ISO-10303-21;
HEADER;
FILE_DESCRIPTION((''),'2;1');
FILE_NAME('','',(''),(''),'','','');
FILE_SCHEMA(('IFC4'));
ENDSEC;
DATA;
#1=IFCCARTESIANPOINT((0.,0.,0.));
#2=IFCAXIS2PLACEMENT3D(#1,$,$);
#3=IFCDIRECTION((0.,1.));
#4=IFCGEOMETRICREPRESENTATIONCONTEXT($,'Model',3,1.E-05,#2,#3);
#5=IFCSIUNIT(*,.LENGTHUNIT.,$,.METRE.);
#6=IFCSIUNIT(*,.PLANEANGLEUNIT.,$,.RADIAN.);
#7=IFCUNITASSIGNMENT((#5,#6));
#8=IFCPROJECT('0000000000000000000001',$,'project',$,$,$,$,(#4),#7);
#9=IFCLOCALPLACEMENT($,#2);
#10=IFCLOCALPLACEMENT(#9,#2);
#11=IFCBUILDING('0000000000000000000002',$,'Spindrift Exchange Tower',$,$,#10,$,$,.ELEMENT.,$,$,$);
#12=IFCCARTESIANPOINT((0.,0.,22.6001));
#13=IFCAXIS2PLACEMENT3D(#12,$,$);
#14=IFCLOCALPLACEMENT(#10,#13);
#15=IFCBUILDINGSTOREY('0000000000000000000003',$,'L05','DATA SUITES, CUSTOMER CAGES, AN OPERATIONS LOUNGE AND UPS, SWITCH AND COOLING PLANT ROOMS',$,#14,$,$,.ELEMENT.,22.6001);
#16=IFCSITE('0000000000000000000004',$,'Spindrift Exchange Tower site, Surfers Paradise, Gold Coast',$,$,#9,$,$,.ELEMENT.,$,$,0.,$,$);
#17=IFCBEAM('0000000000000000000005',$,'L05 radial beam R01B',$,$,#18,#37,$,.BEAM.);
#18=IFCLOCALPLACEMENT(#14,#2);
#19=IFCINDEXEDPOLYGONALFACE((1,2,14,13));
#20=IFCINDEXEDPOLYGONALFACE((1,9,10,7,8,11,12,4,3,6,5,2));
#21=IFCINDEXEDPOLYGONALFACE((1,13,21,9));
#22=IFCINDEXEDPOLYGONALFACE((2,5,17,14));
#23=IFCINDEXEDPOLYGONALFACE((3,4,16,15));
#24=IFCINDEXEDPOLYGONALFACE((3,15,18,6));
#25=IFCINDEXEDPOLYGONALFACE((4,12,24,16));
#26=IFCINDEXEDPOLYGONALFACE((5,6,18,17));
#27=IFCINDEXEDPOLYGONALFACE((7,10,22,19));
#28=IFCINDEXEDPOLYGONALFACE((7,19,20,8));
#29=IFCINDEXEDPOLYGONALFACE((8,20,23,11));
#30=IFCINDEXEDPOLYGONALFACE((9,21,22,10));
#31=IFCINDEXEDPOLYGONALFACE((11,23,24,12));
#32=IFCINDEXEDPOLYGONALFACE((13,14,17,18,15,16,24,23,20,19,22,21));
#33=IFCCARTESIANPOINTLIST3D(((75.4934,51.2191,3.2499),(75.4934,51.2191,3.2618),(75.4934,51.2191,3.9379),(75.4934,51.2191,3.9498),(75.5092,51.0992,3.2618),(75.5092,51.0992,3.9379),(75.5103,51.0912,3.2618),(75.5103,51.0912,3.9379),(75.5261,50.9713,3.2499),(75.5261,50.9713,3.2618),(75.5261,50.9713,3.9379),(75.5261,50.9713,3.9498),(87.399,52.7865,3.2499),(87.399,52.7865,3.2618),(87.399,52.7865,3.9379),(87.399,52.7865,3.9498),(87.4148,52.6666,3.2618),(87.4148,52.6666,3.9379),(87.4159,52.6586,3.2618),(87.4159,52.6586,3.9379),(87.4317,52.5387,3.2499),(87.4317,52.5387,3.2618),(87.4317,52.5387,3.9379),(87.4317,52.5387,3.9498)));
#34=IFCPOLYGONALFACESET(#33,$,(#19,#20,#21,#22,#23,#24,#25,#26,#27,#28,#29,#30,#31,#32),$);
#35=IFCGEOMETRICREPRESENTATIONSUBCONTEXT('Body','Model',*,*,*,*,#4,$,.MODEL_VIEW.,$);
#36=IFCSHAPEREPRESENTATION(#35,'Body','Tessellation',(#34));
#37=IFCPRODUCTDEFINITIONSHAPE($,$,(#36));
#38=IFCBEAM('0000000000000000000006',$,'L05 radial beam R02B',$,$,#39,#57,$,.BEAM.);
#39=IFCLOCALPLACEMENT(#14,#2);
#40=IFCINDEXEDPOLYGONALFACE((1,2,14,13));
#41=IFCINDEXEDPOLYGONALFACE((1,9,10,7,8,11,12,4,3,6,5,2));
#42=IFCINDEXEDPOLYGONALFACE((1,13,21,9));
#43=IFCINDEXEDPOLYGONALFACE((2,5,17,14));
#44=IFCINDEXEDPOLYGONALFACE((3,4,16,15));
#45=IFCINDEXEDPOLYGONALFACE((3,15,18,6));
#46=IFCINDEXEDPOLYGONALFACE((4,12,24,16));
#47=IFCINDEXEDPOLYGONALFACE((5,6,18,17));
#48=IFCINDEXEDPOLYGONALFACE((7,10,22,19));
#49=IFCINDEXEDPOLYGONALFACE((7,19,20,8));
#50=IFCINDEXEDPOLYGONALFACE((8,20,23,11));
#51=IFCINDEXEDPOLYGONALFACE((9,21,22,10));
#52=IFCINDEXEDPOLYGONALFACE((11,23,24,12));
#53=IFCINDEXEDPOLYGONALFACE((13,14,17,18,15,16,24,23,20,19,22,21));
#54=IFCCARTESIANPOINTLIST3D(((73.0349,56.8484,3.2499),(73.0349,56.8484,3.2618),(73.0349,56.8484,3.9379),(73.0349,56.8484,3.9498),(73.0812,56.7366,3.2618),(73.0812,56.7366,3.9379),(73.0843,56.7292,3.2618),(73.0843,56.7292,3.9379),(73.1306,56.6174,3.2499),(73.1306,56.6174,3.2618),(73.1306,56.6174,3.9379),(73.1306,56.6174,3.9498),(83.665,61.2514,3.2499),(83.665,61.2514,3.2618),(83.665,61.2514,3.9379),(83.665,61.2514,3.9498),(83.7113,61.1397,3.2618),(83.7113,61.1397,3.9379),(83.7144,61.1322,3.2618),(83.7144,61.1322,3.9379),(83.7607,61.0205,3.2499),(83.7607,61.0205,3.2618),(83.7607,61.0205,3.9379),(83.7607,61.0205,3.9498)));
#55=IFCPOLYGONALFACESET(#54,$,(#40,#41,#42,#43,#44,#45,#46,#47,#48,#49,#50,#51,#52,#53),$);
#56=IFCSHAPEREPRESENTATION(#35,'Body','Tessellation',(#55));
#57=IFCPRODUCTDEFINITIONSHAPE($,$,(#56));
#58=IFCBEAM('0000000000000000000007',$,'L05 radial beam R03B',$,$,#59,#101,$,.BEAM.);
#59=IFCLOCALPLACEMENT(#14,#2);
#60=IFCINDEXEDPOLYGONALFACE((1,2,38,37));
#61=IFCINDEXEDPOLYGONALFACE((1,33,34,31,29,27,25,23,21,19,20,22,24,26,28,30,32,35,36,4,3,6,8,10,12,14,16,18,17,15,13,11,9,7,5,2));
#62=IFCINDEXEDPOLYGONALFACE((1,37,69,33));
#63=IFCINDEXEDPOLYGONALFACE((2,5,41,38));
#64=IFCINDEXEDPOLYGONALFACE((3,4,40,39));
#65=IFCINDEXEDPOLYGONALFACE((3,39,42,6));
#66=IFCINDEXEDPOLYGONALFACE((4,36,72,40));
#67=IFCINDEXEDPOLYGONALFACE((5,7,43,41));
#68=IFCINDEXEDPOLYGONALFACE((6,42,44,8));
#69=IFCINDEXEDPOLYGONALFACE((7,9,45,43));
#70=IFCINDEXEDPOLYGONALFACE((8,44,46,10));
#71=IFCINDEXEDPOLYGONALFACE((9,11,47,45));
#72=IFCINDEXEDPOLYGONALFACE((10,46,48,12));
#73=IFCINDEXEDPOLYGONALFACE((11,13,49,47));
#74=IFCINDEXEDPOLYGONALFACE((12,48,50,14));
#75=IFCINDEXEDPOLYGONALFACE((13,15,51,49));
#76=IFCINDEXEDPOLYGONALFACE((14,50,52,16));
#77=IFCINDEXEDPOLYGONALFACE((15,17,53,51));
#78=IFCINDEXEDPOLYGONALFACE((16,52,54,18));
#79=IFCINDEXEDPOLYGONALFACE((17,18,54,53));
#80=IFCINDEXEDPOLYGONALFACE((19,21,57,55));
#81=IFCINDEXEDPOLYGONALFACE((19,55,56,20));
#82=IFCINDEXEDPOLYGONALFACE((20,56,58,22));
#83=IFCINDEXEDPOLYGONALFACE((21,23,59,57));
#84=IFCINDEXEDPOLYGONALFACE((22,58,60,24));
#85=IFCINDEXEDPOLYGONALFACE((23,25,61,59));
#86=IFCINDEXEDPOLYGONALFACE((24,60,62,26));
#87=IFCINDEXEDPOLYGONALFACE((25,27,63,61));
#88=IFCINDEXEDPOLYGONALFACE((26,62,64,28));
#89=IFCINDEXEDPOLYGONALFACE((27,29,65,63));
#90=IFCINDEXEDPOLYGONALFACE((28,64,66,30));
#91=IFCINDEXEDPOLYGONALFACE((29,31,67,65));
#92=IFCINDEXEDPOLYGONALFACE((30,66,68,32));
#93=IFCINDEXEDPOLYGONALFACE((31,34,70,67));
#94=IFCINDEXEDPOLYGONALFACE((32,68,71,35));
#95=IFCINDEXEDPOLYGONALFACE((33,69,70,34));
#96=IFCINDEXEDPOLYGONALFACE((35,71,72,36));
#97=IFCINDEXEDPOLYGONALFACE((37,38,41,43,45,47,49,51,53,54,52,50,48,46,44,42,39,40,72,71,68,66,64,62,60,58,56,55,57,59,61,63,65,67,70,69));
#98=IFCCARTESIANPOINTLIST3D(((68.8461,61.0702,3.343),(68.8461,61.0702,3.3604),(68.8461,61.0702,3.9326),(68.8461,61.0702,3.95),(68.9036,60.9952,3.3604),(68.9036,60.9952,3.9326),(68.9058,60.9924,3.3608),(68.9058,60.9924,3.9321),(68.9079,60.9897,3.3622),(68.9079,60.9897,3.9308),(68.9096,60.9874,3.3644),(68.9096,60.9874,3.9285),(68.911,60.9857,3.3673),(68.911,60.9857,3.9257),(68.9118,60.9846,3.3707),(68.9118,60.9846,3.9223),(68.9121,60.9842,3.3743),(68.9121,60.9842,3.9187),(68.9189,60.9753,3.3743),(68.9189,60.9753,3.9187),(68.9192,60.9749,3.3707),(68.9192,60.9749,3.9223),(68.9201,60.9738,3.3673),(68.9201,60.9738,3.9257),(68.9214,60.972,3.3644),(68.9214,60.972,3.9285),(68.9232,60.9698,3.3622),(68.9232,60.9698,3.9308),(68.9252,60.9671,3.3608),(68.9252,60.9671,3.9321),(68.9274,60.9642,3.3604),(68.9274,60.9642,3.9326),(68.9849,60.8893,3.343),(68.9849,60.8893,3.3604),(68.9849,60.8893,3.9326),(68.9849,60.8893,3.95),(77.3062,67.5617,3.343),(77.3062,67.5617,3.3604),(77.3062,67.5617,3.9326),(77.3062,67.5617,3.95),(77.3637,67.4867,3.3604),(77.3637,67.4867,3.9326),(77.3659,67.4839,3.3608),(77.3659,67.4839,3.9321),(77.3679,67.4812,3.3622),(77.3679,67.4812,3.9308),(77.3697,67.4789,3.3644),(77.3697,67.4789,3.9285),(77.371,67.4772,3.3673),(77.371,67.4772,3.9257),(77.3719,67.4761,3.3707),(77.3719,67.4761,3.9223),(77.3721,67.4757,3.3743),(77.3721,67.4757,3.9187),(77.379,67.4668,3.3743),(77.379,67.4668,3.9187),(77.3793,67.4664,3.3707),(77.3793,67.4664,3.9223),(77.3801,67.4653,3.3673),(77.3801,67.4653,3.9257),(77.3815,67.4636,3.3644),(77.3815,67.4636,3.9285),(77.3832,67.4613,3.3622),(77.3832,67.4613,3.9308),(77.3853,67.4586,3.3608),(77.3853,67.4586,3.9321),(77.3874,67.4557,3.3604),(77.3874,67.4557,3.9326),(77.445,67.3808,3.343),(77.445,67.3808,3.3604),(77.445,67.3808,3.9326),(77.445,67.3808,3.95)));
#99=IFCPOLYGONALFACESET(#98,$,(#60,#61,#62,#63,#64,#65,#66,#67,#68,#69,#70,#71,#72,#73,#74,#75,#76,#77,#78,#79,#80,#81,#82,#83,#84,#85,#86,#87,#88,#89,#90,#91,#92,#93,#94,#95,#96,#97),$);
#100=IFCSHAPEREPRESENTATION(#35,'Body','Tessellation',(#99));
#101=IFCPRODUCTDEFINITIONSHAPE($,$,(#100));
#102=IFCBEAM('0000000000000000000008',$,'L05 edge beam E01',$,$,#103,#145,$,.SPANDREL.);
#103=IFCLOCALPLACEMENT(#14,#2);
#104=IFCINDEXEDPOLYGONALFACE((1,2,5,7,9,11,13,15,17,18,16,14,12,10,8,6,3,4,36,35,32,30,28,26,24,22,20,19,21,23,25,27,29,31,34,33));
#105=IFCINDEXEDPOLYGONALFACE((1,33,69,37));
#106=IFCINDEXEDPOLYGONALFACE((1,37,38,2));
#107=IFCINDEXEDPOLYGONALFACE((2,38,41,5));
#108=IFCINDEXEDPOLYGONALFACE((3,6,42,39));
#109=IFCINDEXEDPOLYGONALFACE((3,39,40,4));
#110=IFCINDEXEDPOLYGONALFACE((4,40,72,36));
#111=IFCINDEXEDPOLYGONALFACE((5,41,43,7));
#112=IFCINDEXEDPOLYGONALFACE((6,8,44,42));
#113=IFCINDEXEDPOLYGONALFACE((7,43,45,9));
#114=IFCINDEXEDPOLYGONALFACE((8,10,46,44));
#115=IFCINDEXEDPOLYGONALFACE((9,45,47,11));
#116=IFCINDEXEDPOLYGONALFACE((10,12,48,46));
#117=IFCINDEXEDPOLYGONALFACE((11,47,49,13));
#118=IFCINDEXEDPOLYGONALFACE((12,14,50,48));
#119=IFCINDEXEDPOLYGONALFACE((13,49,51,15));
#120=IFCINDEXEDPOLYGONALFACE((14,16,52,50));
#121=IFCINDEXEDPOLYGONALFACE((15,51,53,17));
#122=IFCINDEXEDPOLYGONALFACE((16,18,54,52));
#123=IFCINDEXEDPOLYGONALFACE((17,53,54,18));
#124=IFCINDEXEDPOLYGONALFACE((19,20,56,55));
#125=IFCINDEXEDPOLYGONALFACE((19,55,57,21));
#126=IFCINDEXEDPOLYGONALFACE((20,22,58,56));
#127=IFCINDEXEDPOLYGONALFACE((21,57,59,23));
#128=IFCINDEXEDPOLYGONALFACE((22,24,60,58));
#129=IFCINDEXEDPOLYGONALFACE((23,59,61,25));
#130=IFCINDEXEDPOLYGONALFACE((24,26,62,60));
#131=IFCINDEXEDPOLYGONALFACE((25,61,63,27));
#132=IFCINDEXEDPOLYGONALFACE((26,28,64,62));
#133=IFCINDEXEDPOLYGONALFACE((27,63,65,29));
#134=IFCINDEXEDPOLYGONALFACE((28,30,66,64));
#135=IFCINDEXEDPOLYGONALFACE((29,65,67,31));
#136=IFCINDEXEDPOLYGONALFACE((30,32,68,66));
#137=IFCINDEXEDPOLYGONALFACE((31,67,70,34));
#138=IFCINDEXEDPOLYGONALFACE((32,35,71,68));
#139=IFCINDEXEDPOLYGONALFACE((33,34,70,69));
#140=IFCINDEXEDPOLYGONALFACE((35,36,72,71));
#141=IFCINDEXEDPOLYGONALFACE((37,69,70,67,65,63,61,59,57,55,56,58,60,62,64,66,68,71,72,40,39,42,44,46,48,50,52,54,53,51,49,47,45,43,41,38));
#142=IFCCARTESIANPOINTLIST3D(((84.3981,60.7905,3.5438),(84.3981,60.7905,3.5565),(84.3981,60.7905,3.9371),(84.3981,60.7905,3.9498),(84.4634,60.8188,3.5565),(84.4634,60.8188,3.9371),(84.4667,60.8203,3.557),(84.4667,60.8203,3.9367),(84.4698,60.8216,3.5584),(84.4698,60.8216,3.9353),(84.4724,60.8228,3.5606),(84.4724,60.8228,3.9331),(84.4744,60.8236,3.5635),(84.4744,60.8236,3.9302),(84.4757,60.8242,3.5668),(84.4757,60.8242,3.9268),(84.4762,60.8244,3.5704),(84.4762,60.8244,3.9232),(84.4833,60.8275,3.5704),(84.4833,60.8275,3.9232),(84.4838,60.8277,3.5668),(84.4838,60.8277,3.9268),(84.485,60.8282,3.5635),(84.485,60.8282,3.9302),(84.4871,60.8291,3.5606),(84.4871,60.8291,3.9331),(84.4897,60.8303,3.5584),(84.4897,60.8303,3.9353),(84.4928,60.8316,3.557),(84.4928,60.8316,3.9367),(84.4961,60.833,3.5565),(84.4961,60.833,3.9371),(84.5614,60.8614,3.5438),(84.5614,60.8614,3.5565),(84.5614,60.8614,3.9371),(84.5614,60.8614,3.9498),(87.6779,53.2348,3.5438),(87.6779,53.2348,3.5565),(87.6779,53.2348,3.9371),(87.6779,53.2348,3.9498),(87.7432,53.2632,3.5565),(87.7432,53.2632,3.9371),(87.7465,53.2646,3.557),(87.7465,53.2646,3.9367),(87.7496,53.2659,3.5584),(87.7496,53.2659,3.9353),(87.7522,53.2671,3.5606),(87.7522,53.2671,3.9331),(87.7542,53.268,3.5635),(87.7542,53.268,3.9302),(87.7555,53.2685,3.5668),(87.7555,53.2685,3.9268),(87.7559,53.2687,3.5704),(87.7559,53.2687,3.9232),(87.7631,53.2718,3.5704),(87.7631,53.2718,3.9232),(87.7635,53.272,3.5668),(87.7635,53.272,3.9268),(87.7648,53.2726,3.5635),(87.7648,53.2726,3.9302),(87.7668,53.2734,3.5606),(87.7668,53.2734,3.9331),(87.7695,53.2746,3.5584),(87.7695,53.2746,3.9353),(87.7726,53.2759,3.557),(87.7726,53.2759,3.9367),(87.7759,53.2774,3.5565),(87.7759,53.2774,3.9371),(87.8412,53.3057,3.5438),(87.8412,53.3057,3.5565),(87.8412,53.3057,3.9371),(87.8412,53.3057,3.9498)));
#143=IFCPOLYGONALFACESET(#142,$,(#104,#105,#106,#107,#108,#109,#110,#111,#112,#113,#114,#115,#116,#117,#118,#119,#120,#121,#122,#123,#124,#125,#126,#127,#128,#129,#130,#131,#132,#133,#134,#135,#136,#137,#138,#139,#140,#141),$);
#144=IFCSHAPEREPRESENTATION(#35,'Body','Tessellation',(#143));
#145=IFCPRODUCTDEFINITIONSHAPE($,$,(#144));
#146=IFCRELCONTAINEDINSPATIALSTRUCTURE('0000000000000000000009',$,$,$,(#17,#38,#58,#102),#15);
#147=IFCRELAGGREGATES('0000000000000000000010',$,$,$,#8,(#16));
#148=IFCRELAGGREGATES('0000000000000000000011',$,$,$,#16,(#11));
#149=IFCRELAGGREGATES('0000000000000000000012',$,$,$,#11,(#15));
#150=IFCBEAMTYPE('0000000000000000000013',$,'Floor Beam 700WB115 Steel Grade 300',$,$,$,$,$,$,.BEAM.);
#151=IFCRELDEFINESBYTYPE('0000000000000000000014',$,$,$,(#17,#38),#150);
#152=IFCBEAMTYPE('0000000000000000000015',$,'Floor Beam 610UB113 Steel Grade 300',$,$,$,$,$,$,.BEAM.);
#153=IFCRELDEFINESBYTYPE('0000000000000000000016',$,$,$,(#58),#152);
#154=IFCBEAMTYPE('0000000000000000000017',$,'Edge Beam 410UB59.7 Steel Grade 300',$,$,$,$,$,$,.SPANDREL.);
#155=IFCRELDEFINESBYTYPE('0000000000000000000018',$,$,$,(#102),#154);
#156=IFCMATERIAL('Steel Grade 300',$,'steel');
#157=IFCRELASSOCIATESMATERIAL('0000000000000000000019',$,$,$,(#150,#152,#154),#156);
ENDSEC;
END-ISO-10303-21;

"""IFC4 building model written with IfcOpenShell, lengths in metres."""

from ifc_helpers import new_model, si_unit, direction, frame, origin, origin_2d, place, context, subcontext, project, spatial, i_section, extrude, source, transform, mapped, material, material_profile, profile_set, type_object, element, save


model = new_model("IFC4")

# Units and contexts
model_context = context("Model", 3, precision=1e-05, world=origin(), true_north=direction((0.0, 1.0)))
body_context = subcontext(model_context, "Body", "Model", "MODEL_VIEW")
ifc_project = project(units=[si_unit("LENGTHUNIT", "METRE"), si_unit("PLANEANGLEUNIT", "RADIAN")], contexts=[model_context])

# Site, building, storey
site_placement = place(None, origin())
site = spatial("IfcSite", under=ifc_project, at=site_placement, Name="Spindrift Exchange Tower site, Surfers Paradise, Gold Coast", CompositionType="ELEMENT", RefElevation=0.0)
building_placement = place(site_placement, origin())
building = spatial("IfcBuilding", under=site, at=building_placement, Name="Spindrift Exchange Tower", CompositionType="ELEMENT")
storey_placement = place(building_placement, frame((0.0, 0.0, 22.6001)))
storey = spatial("IfcBuildingStorey", under=building, at=storey_placement, Name="L05", Description="DATA SUITES, CUSTOMER CAGES, AN OPERATIONS LOUNGE AND UPS, SWITCH AND COOLING PLANT ROOMS", CompositionType="ELEMENT", Elevation=22.6001)

# Beams
ifc_material_1 = material(Name="Steel Grade 300", Category="steel")
ifc_material_profile_1 = material_profile(ifc_material_1, i_section(OverallWidth=0.25, OverallDepth=0.7, WebThickness=0.0081, FlangeThickness=0.012, at=origin_2d()), Name="700WB115")
ifc_profile_set_1 = profile_set([ifc_material_profile_1], Name="Steel Grade 300")
beam_type_1 = type_object("IfcBeamType", Name="Floor Beam 700WB115 Steel Grade 300", PredefinedType="BEAM", material=ifc_profile_set_1)
shared_shape_1 = source(origin(), body_context, "Body", "SweptSolid", [
    extrude(i_section(OverallWidth=0.25, OverallDepth=0.7, WebThickness=0.0081, FlangeThickness=0.012, at=origin_2d()), origin(), (0.0, 0.0, 1.0), 12.0083),
])
beam_1_placement = place(storey_placement, frame((75.5098, 51.0952, 3.5999), z_axis=(0.991445, 0.130526, 0.0), x_axis=(-0.130526, 0.991445, 0.0)))
element("IfcBeam", 1, at=beam_1_placement, inside=storey, type_object=beam_type_1, Name="L05 radial beam R01B", PredefinedType="BEAM", context=body_context, shape_type="MappedRepresentation", body=[
    mapped(shared_shape_1, transform((0.0, 0.0, 0.0), scale=1.0)),
])
shared_shape_2 = source(origin(), body_context, "Body", "SweptSolid", [
    extrude(i_section(OverallWidth=0.25, OverallDepth=0.7, WebThickness=0.0081, FlangeThickness=0.012, at=origin_2d()), origin(), (0.0, 0.0, 1.0), 11.5059),
])
beam_2_placement = place(storey_placement, frame((73.0828, 56.7329, 3.5999), z_axis=(0.923882, 0.382678, 0.0), x_axis=(-0.382678, 0.923882, 0.0)))
element("IfcBeam", 2, at=beam_2_placement, inside=storey, type_object=beam_type_1, Name="L05 radial beam R02B", PredefinedType="BEAM", context=body_context, shape_type="MappedRepresentation", body=[
    mapped(shared_shape_2, transform((0.0, 0.0, 0.0), scale=1.0)),
])
ifc_material_profile_2 = material_profile(ifc_material_1, i_section(OverallWidth=0.228, OverallDepth=0.6069, WebThickness=0.0112, FlangeThickness=0.0173, FilletRadius=0.0139, at=origin_2d()), Name="610UB113")
ifc_profile_set_2 = profile_set([ifc_material_profile_2], Name="Steel Grade 300")
beam_type_2 = type_object("IfcBeamType", Name="Floor Beam 610UB113 Steel Grade 300", PredefinedType="BEAM", material=ifc_profile_set_2)
shared_shape_3 = source(origin(), body_context, "Body", "SweptSolid", [
    extrude(i_section(OverallWidth=0.228, OverallDepth=0.6069, WebThickness=0.0112, FlangeThickness=0.0173, FilletRadius=0.0139, at=origin_2d()), origin(), (0.0, 0.0, 1.0), 10.6636),
])
beam_3_placement = place(storey_placement, frame((68.9155, 60.9797, 3.6465), z_axis=(0.793358, 0.608755, 0.0), x_axis=(-0.608755, 0.793358, 0.0)))
element("IfcBeam", 3, at=beam_3_placement, inside=storey, type_object=beam_type_2, Name="L05 radial beam R03B", PredefinedType="BEAM", context=body_context, shape_type="MappedRepresentation", body=[
    mapped(shared_shape_3, transform((0.0, 0.0, 0.0), scale=1.0)),
])
ifc_material_profile_3 = material_profile(ifc_material_1, i_section(OverallWidth=0.178, OverallDepth=0.406, WebThickness=0.0078, FlangeThickness=0.0127, FilletRadius=0.0139, at=origin_2d()), Name="410UB59.7")
ifc_profile_set_3 = profile_set([ifc_material_profile_3], Name="Steel Grade 300")
beam_type_3 = type_object("IfcBeamType", Name="Edge Beam 410UB59.7 Steel Grade 300", PredefinedType="SPANDREL", material=ifc_profile_set_3)
shared_shape_4 = source(origin(), body_context, "Body", "SweptSolid", [
    extrude(i_section(OverallWidth=0.178, OverallDepth=0.406, WebThickness=0.0078, FlangeThickness=0.0127, FilletRadius=0.0139, at=origin_2d()), origin(), (0.0, 0.0, 1.0), 8.2368),
])
beam_4_placement = place(storey_placement, frame((87.7595, 53.2703, 3.7468), z_axis=(-0.398186, 0.917305, 0.0), x_axis=(-0.917305, -0.398186, 0.0)))
element("IfcBeam", 4, at=beam_4_placement, inside=storey, type_object=beam_type_3, Name="L05 edge beam E01", PredefinedType="SPANDREL", context=body_context, shape_type="MappedRepresentation", body=[
    mapped(shared_shape_4, transform((0.0, 0.0, 0.0), scale=1.0)),
])

save(model, "model.ifc")
